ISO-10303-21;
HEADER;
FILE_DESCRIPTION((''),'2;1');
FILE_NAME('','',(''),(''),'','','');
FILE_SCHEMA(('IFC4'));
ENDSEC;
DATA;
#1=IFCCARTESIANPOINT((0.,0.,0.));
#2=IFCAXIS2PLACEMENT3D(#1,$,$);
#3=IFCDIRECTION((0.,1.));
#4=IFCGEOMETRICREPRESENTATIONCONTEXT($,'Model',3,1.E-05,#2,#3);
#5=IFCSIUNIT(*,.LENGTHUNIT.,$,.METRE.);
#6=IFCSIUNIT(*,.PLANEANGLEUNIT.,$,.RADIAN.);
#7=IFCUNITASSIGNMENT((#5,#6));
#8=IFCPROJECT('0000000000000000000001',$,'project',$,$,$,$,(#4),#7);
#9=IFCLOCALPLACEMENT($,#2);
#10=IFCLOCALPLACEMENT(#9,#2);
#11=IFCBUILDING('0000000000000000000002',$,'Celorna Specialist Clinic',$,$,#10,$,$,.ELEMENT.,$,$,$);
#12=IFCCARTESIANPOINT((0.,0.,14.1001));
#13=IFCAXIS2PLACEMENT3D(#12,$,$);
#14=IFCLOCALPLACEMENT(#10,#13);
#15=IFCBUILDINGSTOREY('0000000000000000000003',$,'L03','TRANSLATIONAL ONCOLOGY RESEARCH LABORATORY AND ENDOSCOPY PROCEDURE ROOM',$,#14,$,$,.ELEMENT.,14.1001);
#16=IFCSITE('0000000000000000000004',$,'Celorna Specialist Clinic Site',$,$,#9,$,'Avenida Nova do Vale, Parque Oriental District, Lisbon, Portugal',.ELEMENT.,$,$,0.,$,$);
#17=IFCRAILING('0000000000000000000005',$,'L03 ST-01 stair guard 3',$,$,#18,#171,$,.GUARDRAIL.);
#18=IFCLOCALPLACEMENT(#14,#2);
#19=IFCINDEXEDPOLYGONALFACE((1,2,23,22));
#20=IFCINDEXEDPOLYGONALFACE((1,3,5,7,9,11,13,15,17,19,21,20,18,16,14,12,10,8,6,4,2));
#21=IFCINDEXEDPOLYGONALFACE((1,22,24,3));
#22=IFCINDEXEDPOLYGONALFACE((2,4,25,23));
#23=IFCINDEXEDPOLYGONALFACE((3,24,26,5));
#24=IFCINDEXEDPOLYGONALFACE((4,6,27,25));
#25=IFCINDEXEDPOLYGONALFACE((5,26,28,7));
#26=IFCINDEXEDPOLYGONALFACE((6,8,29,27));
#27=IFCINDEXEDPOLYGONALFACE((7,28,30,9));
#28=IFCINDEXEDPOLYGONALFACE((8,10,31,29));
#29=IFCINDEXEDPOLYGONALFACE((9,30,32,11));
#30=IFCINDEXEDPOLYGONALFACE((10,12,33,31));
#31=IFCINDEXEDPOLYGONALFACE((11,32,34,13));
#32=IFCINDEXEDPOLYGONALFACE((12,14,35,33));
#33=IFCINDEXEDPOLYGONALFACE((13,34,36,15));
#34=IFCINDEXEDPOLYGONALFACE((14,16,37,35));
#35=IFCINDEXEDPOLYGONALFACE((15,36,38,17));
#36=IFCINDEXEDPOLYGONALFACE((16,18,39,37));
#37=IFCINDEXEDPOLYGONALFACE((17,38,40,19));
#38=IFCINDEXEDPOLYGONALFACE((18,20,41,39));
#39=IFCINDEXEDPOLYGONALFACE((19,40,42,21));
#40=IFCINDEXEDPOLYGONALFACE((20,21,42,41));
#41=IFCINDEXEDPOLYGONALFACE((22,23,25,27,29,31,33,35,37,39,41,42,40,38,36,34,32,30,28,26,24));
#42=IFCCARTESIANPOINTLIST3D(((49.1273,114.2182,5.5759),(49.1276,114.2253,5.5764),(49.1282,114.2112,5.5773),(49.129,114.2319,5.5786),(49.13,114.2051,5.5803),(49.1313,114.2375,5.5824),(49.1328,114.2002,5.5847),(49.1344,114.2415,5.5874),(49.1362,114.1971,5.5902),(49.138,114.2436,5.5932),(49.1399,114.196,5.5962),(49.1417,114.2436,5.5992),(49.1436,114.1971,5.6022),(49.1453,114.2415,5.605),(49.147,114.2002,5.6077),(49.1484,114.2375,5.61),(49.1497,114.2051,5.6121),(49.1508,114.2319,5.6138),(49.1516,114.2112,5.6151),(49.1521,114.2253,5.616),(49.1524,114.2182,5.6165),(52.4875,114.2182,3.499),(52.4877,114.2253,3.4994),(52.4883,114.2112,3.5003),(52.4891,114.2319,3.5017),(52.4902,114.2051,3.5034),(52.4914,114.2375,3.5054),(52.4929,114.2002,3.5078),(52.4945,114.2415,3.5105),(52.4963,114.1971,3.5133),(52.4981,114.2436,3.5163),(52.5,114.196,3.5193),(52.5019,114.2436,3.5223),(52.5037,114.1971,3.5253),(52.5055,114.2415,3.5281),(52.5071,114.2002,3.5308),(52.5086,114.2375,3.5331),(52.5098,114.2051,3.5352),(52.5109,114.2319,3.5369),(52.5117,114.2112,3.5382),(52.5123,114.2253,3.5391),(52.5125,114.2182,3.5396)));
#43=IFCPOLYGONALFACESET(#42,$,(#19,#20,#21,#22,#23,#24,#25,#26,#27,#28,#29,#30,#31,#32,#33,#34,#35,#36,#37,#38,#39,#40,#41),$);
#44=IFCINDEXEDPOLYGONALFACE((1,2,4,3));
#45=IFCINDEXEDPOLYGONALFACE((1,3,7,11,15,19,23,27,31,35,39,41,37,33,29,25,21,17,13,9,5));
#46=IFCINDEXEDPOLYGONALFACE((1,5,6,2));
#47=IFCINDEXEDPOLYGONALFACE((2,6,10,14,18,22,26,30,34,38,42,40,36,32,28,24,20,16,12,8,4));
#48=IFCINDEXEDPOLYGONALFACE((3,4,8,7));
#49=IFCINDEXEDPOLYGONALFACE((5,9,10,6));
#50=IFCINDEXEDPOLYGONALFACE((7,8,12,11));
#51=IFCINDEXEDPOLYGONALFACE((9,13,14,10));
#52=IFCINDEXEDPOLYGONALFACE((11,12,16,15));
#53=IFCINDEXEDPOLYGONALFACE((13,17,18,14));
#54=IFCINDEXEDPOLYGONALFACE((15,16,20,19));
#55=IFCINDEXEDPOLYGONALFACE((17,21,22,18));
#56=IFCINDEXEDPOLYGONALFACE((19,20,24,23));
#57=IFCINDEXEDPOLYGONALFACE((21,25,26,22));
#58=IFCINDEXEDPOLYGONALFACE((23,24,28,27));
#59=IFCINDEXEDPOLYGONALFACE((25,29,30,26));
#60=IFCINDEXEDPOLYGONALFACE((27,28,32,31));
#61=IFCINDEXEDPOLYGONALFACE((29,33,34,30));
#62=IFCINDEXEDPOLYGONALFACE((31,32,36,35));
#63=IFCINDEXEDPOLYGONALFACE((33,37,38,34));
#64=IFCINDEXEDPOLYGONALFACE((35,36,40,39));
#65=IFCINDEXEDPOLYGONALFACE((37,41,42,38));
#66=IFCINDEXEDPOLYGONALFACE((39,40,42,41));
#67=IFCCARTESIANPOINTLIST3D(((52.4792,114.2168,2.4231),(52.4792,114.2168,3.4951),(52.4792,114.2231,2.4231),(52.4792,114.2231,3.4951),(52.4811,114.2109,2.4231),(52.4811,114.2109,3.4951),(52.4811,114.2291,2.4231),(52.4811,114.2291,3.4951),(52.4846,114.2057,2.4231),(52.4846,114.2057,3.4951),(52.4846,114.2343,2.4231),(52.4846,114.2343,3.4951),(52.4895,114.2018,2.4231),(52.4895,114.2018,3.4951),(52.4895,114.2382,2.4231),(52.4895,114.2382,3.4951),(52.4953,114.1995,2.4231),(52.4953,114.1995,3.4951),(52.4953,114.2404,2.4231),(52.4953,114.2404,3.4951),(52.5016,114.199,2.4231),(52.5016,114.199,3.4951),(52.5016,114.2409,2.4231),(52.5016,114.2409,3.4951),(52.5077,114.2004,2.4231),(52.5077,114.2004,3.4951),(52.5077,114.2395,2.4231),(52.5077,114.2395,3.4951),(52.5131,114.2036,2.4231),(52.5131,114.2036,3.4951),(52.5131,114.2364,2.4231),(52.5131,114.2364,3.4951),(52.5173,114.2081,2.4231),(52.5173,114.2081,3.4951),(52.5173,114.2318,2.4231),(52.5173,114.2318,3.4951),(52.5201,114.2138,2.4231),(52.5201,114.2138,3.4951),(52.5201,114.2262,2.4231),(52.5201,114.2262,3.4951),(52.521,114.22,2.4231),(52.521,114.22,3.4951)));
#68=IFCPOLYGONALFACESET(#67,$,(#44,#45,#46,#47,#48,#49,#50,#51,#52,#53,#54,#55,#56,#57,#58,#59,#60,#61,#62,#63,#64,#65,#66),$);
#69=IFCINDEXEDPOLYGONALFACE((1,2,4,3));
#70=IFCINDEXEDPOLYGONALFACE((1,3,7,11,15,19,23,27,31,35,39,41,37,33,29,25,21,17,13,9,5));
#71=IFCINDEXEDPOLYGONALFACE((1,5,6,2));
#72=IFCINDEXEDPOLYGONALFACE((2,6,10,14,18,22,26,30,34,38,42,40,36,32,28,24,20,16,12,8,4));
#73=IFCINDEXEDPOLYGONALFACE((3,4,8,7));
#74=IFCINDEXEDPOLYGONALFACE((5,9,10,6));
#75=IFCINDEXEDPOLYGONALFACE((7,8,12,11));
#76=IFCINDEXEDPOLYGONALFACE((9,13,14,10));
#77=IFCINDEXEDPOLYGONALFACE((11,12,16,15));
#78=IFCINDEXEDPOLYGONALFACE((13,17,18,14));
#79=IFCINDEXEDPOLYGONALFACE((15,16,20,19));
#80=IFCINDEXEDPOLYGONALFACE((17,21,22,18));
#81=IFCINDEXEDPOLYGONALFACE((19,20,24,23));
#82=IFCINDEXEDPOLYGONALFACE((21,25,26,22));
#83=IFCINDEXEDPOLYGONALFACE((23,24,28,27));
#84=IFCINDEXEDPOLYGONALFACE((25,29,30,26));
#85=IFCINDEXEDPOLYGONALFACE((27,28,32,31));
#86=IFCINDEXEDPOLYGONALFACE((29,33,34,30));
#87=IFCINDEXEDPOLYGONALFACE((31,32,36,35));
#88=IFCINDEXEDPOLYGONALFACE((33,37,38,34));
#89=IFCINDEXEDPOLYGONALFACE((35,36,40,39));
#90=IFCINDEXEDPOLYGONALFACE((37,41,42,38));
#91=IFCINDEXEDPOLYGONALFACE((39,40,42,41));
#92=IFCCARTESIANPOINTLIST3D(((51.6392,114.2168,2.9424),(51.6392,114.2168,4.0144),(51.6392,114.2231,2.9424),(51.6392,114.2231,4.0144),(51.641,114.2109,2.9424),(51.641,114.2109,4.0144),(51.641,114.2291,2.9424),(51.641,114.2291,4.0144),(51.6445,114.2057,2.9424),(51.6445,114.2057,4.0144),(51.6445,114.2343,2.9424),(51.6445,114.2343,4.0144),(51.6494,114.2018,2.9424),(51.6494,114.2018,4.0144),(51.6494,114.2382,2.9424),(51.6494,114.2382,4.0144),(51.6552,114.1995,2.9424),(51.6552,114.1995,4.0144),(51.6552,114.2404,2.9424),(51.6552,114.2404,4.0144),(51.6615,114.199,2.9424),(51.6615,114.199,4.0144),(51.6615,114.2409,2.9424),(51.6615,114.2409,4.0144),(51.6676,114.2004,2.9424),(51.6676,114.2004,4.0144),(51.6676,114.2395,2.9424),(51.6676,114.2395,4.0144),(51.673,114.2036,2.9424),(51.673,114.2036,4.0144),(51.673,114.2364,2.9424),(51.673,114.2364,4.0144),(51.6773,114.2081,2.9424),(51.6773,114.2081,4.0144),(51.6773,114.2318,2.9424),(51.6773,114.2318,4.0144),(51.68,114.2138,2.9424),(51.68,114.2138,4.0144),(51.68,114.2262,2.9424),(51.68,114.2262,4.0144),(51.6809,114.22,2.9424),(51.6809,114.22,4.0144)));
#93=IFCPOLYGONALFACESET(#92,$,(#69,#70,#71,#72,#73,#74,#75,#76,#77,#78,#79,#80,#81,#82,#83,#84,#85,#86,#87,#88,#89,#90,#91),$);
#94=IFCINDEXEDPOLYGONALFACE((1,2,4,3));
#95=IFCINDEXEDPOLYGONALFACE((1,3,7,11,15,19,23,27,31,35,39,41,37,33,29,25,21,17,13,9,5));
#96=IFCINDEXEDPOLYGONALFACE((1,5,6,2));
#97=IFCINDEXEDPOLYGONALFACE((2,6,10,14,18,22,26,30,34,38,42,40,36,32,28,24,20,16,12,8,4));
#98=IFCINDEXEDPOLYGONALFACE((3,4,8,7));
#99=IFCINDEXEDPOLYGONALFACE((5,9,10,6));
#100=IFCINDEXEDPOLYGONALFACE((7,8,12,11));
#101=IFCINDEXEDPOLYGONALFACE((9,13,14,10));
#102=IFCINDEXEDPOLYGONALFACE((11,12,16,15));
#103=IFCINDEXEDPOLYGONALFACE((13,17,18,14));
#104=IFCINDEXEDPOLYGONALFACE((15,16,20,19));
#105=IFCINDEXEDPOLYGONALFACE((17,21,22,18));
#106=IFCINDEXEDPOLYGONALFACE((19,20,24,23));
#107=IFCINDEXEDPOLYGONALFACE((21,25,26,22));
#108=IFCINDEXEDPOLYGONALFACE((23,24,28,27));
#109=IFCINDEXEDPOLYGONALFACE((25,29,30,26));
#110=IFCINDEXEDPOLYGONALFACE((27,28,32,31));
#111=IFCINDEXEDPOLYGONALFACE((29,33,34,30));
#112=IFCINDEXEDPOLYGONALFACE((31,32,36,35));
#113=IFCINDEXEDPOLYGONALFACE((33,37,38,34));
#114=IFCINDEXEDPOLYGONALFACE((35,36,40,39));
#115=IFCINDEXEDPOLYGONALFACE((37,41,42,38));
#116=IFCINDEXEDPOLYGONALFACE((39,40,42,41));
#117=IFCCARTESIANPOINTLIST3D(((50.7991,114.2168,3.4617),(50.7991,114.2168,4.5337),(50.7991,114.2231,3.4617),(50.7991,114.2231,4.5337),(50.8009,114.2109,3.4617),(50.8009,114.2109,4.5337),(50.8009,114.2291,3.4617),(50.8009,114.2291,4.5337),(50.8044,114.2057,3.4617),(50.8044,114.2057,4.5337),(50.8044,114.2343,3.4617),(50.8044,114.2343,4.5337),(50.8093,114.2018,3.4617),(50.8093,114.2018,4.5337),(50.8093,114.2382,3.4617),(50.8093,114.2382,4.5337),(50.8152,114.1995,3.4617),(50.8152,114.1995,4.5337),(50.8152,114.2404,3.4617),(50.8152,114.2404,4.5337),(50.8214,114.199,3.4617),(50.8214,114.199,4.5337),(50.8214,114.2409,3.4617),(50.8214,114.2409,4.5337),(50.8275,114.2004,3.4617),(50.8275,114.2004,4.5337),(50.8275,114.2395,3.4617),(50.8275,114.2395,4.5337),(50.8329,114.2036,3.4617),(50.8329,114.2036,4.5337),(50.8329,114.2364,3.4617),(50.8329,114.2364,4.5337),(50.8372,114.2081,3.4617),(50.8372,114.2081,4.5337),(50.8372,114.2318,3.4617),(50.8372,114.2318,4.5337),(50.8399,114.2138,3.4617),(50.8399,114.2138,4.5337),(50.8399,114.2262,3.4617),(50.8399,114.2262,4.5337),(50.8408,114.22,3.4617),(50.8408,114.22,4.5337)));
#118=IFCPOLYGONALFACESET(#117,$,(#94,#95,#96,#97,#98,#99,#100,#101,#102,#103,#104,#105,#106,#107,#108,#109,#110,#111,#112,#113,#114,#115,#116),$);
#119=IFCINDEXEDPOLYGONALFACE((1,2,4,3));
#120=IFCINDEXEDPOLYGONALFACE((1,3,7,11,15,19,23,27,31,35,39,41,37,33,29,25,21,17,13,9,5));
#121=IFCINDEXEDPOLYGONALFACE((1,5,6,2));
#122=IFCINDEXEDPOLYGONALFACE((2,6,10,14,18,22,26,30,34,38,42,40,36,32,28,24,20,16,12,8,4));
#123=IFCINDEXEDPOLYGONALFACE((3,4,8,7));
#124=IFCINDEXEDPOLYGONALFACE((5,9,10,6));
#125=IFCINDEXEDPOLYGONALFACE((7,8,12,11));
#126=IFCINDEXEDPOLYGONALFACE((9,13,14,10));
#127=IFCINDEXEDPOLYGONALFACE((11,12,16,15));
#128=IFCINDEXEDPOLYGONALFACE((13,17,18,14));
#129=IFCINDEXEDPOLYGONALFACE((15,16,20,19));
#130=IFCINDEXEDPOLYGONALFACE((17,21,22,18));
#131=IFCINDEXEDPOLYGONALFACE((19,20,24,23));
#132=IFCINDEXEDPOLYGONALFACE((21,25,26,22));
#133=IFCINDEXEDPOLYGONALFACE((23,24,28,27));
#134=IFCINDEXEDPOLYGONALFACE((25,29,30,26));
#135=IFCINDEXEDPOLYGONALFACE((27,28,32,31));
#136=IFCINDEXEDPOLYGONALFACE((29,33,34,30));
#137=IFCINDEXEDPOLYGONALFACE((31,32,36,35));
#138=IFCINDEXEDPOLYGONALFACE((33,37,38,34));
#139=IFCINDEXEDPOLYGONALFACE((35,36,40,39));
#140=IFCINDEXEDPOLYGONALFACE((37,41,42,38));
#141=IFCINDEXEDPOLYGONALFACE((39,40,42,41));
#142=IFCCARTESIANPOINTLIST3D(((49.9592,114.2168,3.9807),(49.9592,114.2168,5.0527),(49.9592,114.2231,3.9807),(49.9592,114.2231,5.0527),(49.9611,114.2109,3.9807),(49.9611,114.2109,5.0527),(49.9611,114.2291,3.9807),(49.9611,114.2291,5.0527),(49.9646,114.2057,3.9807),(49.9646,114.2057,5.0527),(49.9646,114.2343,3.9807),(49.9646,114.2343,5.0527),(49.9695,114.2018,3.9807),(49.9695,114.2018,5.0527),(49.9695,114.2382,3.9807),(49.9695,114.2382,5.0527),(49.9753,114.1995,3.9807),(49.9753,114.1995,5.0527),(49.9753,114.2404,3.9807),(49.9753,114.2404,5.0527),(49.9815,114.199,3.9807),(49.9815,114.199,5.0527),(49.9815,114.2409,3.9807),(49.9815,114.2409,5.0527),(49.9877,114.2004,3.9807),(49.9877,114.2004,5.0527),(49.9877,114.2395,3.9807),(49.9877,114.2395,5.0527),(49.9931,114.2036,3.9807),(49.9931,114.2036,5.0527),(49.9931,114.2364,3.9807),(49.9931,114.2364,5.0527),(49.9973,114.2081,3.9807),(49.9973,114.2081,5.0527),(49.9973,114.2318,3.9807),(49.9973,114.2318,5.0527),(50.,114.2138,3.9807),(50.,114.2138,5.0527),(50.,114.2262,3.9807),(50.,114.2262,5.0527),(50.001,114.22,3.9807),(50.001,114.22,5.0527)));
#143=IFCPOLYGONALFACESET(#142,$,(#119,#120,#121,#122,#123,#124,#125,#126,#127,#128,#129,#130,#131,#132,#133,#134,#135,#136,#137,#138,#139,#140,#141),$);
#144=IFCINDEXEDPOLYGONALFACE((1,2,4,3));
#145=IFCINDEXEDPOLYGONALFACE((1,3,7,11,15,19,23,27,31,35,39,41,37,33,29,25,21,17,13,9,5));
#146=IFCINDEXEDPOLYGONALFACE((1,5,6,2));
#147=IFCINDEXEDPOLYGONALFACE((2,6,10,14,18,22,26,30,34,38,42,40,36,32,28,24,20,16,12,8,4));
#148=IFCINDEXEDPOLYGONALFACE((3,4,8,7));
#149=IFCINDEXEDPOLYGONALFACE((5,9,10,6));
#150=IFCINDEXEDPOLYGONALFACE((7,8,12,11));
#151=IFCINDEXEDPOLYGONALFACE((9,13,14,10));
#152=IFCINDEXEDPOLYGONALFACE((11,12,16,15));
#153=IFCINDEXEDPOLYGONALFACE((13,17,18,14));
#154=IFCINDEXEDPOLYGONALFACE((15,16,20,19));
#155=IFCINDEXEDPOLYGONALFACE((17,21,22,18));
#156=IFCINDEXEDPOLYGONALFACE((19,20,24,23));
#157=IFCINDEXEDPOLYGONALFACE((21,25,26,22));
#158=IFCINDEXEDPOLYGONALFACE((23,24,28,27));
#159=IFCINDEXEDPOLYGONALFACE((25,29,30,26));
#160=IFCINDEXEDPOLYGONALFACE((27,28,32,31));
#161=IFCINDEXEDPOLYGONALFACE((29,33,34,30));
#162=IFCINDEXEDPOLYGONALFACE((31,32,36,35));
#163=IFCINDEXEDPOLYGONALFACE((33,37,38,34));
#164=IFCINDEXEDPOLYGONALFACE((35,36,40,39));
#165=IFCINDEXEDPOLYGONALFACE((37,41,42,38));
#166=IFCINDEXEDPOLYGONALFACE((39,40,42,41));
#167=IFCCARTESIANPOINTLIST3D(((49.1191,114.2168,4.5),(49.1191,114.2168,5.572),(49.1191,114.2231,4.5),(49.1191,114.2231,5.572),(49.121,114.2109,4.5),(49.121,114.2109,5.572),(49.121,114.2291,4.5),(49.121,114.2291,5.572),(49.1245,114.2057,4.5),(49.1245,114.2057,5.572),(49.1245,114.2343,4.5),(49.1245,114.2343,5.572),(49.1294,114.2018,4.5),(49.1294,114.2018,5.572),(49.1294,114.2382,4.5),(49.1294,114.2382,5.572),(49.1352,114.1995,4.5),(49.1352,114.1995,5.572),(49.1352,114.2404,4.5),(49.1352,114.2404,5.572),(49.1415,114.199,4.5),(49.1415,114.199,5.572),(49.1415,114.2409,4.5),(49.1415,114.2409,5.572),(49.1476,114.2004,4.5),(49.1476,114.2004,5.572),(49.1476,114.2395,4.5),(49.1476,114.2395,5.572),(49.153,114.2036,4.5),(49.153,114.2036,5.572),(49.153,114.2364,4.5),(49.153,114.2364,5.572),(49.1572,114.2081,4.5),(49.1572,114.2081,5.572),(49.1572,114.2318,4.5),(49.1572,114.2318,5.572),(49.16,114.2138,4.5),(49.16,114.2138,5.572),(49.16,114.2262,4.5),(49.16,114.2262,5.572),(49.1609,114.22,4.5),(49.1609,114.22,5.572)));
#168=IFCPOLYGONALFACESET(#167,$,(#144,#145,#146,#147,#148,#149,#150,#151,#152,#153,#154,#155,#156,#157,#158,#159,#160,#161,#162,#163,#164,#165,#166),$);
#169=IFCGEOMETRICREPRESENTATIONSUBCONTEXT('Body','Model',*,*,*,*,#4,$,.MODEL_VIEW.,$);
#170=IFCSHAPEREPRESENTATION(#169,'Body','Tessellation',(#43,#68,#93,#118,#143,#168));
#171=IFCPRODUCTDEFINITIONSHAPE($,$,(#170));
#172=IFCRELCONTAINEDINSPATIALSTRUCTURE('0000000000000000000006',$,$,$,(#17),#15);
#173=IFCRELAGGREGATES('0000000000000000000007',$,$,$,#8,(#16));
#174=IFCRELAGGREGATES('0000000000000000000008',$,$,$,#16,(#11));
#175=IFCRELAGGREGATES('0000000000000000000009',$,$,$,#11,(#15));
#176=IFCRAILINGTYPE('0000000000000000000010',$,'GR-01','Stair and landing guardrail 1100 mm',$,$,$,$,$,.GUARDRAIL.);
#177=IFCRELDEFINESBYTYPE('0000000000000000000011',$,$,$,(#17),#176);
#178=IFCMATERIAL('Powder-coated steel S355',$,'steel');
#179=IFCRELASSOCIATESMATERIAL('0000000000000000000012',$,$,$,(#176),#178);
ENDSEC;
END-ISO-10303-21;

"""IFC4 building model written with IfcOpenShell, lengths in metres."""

from ifc_helpers import new_model, si_unit, direction, frame, origin, origin_2d, place, context, subcontext, project, spatial, circle, extrude, material, type_object, element, save


model = new_model("IFC4")

# Units and contexts
model_context = context("Model", 3, precision=1e-05, world=origin(), true_north=direction((0.0, 1.0)))
body_context = subcontext(model_context, "Body", "Model", "MODEL_VIEW")
ifc_project = project(units=[si_unit("LENGTHUNIT", "METRE"), si_unit("PLANEANGLEUNIT", "RADIAN")], contexts=[model_context])

# Site, building, storey
site_placement = place(None, origin())
site = spatial("IfcSite", under=ifc_project, at=site_placement, Name="Celorna Specialist Clinic Site", LongName="Avenida Nova do Vale, Parque Oriental District, Lisbon, Portugal", CompositionType="ELEMENT", RefElevation=0.0)
building_placement = place(site_placement, origin())
building = spatial("IfcBuilding", under=site, at=building_placement, Name="Celorna Specialist Clinic", CompositionType="ELEMENT")
storey_placement = place(building_placement, frame((0.0, 0.0, 14.1001)))
storey = spatial("IfcBuildingStorey", under=building, at=storey_placement, Name="L03", Description="TRANSLATIONAL ONCOLOGY RESEARCH LABORATORY AND ENDOSCOPY PROCEDURE ROOM", CompositionType="ELEMENT", Elevation=14.1001)

# Railing
ifc_material_1 = material(Name="Powder-coated steel S355", Category="steel")
railing_type_1 = type_object("IfcRailingType", Name="GR-01", Description="Stair and landing guardrail 1100 mm", PredefinedType="GUARDRAIL", material=ifc_material_1)
railing_1_placement = place(storey_placement, frame((52.5, 114.22, 2.4231)))
element("IfcRailing", 1, at=railing_1_placement, inside=storey, type_object=railing_type_1, Name="L03 ST-01 stair guard 3", PredefinedType="GUARDRAIL", context=body_context, shape_type="SweptSolid", body=[
    extrude(circle(Radius=0.0239, at=origin_2d()), frame((0.0, 0.0, 1.0962), z_axis=(-0.850623, 0.0, 0.525776), x_axis=(0.0, -1.0, 0.0)), (0.0, 0.0, 1.0), 3.9502),
    extrude(circle(Radius=0.021, at=origin_2d()), origin(), (0.0, 0.0, 1.0), 1.072),
    extrude(circle(Radius=0.021, at=origin_2d()), frame((-0.8401, 0.0, 0.5193)), (0.0, 0.0, 1.0), 1.072),
    extrude(circle(Radius=0.021, at=origin_2d()), frame((-1.6802, 0.0, 1.0386)), (0.0, 0.0, 1.0), 1.072),
    extrude(circle(Radius=0.021, at=origin_2d()), frame((-2.52, 0.0, 1.5576)), (0.0, 0.0, 1.0), 1.072),
    extrude(circle(Radius=0.021, at=origin_2d()), frame((-3.3601, 0.0, 2.0769)), (0.0, 0.0, 1.0), 1.072),
])

save(model, "model.ifc")
